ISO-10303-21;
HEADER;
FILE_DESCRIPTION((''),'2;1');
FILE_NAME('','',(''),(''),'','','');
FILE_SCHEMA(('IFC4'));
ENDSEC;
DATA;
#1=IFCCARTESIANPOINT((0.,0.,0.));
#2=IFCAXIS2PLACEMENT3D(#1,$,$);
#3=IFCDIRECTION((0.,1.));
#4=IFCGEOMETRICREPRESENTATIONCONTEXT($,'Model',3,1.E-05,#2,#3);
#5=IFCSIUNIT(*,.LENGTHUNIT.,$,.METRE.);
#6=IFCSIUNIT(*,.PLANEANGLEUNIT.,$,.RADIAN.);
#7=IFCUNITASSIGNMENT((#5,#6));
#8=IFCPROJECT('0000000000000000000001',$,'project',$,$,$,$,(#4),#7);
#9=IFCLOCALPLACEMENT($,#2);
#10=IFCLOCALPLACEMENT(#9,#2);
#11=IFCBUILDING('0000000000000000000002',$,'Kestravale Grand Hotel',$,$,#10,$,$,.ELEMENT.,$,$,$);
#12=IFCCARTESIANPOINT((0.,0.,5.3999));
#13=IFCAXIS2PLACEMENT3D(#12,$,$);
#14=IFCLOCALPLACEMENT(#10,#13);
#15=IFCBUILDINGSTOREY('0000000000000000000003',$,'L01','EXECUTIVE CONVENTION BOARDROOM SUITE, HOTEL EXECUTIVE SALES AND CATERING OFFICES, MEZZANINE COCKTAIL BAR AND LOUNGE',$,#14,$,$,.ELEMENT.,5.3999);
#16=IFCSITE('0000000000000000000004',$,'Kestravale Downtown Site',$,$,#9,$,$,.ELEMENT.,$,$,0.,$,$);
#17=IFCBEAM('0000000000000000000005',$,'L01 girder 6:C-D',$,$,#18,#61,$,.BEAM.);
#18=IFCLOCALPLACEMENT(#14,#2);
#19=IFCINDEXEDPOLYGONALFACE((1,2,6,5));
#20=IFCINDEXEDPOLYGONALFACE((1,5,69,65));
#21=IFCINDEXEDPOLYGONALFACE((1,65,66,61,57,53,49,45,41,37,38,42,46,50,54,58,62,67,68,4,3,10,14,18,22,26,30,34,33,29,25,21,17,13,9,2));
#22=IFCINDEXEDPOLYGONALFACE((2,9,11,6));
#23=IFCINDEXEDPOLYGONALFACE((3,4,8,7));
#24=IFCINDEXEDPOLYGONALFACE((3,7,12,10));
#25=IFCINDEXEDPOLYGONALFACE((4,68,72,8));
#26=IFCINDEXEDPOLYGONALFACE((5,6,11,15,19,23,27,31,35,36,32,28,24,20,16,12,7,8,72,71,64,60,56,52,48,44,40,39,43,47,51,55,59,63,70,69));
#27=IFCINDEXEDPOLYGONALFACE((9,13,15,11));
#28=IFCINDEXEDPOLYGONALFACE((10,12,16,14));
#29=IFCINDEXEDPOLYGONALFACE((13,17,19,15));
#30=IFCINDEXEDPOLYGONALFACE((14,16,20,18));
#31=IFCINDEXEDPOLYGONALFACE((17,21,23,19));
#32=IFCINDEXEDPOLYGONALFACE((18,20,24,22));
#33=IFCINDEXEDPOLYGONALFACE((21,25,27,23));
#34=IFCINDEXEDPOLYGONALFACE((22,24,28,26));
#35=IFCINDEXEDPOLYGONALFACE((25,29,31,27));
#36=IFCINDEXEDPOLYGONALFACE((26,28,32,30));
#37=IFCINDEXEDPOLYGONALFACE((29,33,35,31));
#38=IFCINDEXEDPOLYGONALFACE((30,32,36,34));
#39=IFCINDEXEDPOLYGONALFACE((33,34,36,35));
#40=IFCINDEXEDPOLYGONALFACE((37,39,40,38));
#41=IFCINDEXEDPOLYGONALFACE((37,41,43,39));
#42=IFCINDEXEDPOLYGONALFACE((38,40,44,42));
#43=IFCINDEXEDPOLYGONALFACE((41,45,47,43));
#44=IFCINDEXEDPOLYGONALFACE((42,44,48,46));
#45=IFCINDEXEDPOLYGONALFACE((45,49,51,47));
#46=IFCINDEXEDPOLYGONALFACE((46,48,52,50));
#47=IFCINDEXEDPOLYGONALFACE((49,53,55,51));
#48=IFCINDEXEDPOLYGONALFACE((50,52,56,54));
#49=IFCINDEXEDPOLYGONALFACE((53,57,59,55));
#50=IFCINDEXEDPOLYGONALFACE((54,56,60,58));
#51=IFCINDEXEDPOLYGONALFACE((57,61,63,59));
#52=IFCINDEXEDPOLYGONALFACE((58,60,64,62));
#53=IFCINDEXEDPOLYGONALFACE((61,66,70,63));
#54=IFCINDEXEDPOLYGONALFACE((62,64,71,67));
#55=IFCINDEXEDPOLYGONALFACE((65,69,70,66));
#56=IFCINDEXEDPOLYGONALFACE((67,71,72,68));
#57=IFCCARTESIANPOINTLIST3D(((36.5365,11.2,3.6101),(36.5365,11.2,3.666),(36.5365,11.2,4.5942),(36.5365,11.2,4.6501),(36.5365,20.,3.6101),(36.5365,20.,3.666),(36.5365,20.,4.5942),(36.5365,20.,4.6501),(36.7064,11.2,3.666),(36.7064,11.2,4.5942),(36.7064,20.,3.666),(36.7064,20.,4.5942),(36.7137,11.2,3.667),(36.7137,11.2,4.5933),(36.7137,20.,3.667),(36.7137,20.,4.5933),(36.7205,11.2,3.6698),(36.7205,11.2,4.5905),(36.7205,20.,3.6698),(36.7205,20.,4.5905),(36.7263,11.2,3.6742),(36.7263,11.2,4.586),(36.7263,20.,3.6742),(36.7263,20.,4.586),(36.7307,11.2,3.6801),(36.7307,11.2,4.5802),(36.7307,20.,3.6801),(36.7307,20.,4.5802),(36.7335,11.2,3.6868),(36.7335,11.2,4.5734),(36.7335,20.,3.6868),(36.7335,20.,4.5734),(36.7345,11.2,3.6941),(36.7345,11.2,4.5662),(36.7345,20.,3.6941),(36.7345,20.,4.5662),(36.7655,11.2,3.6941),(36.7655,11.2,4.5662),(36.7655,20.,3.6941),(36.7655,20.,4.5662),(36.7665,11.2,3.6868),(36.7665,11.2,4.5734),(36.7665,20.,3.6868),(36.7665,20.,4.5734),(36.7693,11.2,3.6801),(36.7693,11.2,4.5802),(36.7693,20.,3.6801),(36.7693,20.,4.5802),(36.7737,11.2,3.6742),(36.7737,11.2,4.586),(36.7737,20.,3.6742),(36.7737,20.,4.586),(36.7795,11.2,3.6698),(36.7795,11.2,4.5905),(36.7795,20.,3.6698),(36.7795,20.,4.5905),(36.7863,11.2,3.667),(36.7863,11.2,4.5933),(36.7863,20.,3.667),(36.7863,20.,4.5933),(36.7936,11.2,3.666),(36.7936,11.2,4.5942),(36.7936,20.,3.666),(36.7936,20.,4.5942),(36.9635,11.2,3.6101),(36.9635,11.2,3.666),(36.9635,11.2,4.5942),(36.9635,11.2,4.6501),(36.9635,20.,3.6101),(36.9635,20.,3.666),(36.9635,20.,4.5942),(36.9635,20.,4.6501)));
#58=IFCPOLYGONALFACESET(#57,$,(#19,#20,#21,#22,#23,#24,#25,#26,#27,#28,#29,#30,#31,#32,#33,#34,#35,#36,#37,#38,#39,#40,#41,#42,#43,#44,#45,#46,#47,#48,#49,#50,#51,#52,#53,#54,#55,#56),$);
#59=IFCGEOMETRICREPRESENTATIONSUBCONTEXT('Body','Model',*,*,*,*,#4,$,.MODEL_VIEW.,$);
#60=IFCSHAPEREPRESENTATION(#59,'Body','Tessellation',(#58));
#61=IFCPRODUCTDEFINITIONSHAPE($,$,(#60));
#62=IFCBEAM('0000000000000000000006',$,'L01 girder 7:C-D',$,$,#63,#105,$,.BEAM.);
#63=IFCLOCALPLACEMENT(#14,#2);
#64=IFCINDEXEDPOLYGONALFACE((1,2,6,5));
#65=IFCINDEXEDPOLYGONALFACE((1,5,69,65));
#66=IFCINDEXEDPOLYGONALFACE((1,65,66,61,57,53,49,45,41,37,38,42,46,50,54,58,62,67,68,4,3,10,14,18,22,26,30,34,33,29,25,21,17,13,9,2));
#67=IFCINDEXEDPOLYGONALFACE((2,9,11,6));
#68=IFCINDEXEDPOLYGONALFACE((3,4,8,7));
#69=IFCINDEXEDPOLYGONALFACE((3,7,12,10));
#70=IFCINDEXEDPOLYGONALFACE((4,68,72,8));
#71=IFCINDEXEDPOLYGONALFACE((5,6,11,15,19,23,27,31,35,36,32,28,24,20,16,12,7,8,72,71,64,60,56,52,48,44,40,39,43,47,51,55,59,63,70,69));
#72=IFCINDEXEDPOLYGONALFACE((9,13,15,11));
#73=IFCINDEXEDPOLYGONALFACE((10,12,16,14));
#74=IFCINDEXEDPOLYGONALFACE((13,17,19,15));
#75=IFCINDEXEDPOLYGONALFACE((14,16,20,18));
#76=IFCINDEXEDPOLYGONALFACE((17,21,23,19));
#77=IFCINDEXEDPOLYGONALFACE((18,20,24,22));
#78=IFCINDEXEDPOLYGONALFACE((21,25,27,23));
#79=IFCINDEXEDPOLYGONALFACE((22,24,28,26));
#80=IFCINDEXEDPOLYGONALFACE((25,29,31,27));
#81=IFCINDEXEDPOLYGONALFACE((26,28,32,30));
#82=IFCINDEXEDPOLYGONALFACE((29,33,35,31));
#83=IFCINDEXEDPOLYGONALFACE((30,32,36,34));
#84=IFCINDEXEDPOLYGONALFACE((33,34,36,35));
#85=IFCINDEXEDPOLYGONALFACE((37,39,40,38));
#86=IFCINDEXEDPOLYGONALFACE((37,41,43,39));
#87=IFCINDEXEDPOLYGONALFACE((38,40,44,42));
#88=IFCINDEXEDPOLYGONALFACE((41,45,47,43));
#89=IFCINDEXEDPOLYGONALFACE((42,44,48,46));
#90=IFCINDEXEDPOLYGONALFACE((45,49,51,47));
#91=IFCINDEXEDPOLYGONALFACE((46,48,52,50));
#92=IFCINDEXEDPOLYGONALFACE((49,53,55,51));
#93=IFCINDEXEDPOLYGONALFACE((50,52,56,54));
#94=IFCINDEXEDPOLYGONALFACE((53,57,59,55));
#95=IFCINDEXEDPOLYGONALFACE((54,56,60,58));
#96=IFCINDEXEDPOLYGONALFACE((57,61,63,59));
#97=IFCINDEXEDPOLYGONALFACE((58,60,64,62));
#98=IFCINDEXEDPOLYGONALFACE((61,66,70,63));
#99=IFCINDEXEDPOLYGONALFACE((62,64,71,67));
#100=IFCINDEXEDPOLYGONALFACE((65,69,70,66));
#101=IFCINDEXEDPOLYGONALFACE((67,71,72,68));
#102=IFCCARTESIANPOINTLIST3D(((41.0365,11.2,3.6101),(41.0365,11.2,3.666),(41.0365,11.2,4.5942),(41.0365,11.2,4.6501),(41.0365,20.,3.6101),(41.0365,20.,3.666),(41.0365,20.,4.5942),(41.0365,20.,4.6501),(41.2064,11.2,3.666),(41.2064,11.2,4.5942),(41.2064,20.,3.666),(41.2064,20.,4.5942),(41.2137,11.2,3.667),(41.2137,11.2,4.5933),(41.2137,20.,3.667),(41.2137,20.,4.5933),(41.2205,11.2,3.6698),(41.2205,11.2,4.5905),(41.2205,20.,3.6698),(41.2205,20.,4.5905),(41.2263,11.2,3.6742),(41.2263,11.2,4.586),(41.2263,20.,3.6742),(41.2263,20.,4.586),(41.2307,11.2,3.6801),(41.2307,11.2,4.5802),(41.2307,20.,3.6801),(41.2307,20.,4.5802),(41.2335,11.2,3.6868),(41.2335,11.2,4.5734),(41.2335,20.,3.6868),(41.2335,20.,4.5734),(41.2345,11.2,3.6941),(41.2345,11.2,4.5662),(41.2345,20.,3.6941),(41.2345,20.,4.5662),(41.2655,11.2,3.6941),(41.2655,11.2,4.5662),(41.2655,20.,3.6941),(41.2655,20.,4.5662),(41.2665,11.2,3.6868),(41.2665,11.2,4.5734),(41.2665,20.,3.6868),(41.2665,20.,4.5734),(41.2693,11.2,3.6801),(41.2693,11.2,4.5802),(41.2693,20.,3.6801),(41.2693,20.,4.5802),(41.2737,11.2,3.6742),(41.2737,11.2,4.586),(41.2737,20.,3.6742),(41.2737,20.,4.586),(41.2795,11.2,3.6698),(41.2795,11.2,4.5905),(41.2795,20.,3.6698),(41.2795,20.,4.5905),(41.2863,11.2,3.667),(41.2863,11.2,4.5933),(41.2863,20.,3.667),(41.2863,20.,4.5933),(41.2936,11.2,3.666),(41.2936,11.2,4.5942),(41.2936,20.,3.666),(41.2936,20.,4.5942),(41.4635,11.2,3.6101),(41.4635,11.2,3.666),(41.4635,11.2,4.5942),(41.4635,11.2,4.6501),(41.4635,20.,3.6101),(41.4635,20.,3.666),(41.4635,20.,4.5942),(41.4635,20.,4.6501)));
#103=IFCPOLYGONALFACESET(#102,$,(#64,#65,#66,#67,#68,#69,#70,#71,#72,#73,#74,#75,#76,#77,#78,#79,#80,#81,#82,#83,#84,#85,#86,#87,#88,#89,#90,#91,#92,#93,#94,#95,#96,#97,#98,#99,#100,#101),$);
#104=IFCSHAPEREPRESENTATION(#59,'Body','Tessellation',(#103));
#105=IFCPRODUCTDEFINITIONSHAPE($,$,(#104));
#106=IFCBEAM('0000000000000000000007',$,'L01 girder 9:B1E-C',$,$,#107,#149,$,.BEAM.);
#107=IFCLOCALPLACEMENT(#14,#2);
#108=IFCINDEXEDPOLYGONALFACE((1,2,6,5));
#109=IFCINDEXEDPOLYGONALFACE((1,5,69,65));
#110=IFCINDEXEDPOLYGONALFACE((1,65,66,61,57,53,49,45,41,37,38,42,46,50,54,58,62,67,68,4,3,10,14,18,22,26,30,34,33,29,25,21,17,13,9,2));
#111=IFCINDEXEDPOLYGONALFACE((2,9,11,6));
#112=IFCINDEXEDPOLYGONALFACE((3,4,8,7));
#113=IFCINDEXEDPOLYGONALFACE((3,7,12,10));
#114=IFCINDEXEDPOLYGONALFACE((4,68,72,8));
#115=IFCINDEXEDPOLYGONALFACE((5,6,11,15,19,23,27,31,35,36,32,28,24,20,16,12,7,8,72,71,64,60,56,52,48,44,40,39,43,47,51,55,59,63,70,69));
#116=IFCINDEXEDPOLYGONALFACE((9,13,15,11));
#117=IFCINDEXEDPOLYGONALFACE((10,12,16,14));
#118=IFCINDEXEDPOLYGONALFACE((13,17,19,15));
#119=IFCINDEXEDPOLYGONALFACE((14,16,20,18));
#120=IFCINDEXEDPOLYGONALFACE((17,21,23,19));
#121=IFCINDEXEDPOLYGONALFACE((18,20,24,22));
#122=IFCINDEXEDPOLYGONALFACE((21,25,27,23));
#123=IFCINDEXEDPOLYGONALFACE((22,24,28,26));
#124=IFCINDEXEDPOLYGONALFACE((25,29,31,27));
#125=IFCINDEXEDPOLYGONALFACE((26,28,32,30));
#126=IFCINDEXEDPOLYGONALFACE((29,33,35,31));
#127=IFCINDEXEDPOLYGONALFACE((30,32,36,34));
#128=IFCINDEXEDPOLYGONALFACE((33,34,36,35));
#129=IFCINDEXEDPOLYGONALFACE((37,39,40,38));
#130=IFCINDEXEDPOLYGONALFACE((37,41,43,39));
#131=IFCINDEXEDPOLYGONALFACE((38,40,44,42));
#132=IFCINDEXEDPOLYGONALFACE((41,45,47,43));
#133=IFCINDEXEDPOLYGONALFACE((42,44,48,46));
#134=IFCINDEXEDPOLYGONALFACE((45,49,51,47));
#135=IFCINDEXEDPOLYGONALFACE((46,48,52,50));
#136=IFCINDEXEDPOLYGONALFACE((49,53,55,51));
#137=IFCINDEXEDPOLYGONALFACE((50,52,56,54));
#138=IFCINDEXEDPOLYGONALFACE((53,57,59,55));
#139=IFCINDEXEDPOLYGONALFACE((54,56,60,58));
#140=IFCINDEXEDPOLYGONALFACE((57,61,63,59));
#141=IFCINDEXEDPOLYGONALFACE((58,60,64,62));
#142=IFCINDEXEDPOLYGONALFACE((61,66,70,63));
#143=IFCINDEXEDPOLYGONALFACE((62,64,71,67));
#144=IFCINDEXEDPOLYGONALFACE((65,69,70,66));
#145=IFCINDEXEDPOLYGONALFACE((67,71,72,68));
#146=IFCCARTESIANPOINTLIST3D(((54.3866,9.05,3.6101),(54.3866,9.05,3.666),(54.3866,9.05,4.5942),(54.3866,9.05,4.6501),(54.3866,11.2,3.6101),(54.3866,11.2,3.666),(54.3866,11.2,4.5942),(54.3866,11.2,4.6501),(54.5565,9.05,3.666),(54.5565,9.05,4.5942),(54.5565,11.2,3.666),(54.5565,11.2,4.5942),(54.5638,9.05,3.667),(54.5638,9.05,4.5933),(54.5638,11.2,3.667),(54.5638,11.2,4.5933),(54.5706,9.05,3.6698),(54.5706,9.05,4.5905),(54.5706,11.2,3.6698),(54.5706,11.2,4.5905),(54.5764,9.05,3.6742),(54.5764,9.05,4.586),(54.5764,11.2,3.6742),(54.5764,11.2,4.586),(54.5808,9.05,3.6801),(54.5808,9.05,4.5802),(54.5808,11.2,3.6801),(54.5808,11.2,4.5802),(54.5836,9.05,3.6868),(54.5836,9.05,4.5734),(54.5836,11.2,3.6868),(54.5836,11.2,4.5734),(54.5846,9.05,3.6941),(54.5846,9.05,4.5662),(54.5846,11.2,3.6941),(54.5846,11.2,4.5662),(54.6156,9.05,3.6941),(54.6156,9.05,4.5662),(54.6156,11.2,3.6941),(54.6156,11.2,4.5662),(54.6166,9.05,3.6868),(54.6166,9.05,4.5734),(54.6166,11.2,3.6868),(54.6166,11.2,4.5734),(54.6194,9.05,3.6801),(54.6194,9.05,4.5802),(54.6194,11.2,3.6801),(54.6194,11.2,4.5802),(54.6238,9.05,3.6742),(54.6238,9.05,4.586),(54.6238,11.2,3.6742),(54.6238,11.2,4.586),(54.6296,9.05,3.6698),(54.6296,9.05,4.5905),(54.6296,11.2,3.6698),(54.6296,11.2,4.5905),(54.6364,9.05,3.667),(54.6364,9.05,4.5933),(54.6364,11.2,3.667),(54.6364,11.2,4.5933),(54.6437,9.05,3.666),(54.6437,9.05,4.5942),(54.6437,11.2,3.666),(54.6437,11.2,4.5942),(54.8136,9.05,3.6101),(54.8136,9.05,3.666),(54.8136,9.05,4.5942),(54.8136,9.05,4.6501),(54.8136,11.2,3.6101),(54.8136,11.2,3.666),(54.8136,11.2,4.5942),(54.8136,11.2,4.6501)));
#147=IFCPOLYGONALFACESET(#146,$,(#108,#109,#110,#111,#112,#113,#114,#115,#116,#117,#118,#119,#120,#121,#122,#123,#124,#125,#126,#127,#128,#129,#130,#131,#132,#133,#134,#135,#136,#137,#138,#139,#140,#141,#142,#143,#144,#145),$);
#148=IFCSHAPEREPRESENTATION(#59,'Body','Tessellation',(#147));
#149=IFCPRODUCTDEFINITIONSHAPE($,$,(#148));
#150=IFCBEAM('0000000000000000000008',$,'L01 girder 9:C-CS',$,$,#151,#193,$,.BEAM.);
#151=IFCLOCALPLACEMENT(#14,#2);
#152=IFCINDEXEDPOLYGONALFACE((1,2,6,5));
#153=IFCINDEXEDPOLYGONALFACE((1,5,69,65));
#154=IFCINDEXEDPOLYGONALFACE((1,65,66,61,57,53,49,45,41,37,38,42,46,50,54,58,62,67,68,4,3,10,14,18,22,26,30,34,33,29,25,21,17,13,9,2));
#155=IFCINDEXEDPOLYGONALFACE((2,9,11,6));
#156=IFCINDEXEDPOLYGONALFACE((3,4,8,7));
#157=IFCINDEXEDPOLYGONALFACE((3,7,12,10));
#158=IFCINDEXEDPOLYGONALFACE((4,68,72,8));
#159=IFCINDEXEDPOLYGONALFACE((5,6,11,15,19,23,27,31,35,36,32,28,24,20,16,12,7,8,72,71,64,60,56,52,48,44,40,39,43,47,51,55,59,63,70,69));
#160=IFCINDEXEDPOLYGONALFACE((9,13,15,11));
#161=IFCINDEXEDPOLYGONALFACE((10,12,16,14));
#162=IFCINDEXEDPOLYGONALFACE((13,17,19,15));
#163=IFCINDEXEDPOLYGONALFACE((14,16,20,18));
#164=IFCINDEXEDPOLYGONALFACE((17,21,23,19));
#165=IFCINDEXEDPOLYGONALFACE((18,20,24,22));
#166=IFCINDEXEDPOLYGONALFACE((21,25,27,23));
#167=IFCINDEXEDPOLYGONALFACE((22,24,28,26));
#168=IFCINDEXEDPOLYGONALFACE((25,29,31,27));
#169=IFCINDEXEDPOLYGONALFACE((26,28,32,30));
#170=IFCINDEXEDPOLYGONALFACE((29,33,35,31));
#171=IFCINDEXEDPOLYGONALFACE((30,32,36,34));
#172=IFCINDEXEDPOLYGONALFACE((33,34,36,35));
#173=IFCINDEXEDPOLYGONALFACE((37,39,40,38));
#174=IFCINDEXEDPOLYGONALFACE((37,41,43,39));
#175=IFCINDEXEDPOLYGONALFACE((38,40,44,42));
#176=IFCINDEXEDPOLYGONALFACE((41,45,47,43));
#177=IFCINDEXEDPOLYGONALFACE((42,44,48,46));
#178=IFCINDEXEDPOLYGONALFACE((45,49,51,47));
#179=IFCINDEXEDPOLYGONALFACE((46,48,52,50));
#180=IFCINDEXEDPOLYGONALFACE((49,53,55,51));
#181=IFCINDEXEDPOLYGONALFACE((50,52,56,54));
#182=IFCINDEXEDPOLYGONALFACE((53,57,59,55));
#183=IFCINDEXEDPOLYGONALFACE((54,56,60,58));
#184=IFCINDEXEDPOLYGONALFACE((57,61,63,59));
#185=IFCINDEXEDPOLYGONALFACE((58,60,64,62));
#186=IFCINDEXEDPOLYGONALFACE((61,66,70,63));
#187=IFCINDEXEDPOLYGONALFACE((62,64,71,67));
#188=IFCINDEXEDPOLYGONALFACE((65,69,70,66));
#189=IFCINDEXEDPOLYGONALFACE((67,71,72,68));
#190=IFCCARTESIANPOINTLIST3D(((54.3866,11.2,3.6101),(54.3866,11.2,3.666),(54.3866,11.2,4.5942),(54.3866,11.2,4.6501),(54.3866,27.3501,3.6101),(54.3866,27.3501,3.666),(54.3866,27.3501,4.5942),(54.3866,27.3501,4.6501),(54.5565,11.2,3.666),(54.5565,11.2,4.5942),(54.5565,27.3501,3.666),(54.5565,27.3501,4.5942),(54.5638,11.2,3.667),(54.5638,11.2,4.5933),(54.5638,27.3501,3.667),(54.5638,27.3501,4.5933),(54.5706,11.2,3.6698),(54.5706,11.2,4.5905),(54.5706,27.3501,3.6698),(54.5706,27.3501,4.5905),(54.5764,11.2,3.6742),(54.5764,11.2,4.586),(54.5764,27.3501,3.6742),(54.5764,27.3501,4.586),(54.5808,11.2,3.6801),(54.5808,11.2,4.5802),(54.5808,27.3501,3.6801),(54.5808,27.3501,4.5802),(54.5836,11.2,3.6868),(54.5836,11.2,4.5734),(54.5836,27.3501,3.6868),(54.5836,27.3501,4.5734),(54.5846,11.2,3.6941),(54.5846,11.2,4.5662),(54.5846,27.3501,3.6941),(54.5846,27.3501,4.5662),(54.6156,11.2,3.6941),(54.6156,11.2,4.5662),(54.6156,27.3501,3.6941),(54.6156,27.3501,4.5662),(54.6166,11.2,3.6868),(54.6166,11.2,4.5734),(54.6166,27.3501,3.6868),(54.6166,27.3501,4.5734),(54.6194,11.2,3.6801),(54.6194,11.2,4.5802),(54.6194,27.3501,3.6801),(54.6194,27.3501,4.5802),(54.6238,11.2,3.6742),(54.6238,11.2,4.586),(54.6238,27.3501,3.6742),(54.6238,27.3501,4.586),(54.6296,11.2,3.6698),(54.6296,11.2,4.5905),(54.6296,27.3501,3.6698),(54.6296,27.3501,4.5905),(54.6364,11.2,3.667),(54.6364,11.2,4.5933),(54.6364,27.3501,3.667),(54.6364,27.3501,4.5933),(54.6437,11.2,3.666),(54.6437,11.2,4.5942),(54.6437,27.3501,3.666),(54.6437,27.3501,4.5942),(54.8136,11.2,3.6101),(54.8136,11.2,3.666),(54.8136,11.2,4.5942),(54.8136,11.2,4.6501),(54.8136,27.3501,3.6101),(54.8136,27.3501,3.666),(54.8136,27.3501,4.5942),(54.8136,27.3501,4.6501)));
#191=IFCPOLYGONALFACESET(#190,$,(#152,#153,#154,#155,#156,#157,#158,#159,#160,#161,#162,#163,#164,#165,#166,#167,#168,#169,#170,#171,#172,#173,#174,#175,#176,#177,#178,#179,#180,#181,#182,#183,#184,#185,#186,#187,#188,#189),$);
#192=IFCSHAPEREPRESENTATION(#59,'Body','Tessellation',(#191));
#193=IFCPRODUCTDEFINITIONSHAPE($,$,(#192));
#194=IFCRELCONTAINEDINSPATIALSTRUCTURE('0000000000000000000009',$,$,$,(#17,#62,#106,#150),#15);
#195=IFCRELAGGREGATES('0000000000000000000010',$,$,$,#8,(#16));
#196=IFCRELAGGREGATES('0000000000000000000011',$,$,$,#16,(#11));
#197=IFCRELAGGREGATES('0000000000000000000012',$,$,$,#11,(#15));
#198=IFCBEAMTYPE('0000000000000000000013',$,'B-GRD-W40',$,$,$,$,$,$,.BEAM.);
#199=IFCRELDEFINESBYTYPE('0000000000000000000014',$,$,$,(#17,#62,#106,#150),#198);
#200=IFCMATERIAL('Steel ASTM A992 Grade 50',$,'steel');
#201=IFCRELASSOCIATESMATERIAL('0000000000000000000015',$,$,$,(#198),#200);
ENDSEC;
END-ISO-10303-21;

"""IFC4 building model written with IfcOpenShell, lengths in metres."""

from ifc_helpers import new_model, si_unit, direction, frame, origin, origin_2d, place, context, subcontext, project, spatial, i_section, extrude, material, material_profile, profile_set, type_object, element, save


model = new_model("IFC4")

# Units and contexts
model_context = context("Model", 3, precision=1e-05, world=origin(), true_north=direction((0.0, 1.0)))
body_context = subcontext(model_context, "Body", "Model", "MODEL_VIEW")
ifc_project = project(units=[si_unit("LENGTHUNIT", "METRE"), si_unit("PLANEANGLEUNIT", "RADIAN")], contexts=[model_context])

# Site, building, storey
site_placement = place(None, origin())
site = spatial("IfcSite", under=ifc_project, at=site_placement, Name="Kestravale Downtown Site", CompositionType="ELEMENT", RefElevation=0.0)
building_placement = place(site_placement, origin())
building = spatial("IfcBuilding", under=site, at=building_placement, Name="Kestravale Grand Hotel", CompositionType="ELEMENT")
storey_placement = place(building_placement, frame((0.0, 0.0, 5.3999)))
storey = spatial("IfcBuildingStorey", under=building, at=storey_placement, Name="L01", Description="EXECUTIVE CONVENTION BOARDROOM SUITE, HOTEL EXECUTIVE SALES AND CATERING OFFICES, MEZZANINE COCKTAIL BAR AND LOUNGE", CompositionType="ELEMENT", Elevation=5.3999)

# Beams
ifc_material_1 = material(Name="Steel ASTM A992 Grade 50", Category="steel")
ifc_material_profile_1 = material_profile(ifc_material_1, i_section(OverallWidth=0.427, OverallDepth=1.04, WebThickness=0.031, FlangeThickness=0.0559, FilletRadius=0.0281, at=origin_2d()))
ifc_profile_set_1 = profile_set([ifc_material_profile_1], Name="Steel ASTM A992 Grade 50")
beam_type = type_object("IfcBeamType", Name="B-GRD-W40", PredefinedType="BEAM", material=ifc_profile_set_1)
for number, where, z_axis, x_axis, name in (
    (1, (36.75, 11.2, 4.1301), (0.0, 1.0, 0.0), (-1.0, 0.0, 0.0), "L01 girder 6:C-D"),
    (2, (41.25, 11.2, 4.1301), (0.0, 1.0, 0.0), (-1.0, 0.0, 0.0), "L01 girder 7:C-D"),
):
    element("IfcBeam", number, at=place(storey_placement, frame(where, z_axis=z_axis, x_axis=x_axis)), inside=storey, type_object=beam_type, Name=name, PredefinedType="BEAM", context=body_context, shape_type="SweptSolid", body=[
        extrude(i_section(OverallWidth=0.427, OverallDepth=1.04, WebThickness=0.031, FlangeThickness=0.0559, FilletRadius=0.0281, at=origin_2d()), origin(), (0.0, 0.0, 1.0), 8.8),
    ])
beam_1_placement = place(storey_placement, frame((54.6001, 9.05, 4.1301), z_axis=(0.0, 1.0, 0.0), x_axis=(-1.0, 0.0, 0.0)))
element("IfcBeam", 3, at=beam_1_placement, inside=storey, type_object=beam_type, Name="L01 girder 9:B1E-C", PredefinedType="BEAM", context=body_context, shape_type="SweptSolid", body=[
    extrude(i_section(OverallWidth=0.427, OverallDepth=1.04, WebThickness=0.031, FlangeThickness=0.0559, FilletRadius=0.0281, at=origin_2d()), origin(), (0.0, 0.0, 1.0), 2.1499),
])
beam_2_placement = place(storey_placement, frame((54.6001, 11.2, 4.1301), z_axis=(0.0, 1.0, 0.0), x_axis=(-1.0, 0.0, 0.0)))
element("IfcBeam", 4, at=beam_2_placement, inside=storey, type_object=beam_type, Name="L01 girder 9:C-CS", PredefinedType="BEAM", context=body_context, shape_type="SweptSolid", body=[
    extrude(i_section(OverallWidth=0.427, OverallDepth=1.04, WebThickness=0.031, FlangeThickness=0.0559, FilletRadius=0.0281, at=origin_2d()), origin(), (0.0, 0.0, 1.0), 16.1501),
])

save(model, "model.ifc")
